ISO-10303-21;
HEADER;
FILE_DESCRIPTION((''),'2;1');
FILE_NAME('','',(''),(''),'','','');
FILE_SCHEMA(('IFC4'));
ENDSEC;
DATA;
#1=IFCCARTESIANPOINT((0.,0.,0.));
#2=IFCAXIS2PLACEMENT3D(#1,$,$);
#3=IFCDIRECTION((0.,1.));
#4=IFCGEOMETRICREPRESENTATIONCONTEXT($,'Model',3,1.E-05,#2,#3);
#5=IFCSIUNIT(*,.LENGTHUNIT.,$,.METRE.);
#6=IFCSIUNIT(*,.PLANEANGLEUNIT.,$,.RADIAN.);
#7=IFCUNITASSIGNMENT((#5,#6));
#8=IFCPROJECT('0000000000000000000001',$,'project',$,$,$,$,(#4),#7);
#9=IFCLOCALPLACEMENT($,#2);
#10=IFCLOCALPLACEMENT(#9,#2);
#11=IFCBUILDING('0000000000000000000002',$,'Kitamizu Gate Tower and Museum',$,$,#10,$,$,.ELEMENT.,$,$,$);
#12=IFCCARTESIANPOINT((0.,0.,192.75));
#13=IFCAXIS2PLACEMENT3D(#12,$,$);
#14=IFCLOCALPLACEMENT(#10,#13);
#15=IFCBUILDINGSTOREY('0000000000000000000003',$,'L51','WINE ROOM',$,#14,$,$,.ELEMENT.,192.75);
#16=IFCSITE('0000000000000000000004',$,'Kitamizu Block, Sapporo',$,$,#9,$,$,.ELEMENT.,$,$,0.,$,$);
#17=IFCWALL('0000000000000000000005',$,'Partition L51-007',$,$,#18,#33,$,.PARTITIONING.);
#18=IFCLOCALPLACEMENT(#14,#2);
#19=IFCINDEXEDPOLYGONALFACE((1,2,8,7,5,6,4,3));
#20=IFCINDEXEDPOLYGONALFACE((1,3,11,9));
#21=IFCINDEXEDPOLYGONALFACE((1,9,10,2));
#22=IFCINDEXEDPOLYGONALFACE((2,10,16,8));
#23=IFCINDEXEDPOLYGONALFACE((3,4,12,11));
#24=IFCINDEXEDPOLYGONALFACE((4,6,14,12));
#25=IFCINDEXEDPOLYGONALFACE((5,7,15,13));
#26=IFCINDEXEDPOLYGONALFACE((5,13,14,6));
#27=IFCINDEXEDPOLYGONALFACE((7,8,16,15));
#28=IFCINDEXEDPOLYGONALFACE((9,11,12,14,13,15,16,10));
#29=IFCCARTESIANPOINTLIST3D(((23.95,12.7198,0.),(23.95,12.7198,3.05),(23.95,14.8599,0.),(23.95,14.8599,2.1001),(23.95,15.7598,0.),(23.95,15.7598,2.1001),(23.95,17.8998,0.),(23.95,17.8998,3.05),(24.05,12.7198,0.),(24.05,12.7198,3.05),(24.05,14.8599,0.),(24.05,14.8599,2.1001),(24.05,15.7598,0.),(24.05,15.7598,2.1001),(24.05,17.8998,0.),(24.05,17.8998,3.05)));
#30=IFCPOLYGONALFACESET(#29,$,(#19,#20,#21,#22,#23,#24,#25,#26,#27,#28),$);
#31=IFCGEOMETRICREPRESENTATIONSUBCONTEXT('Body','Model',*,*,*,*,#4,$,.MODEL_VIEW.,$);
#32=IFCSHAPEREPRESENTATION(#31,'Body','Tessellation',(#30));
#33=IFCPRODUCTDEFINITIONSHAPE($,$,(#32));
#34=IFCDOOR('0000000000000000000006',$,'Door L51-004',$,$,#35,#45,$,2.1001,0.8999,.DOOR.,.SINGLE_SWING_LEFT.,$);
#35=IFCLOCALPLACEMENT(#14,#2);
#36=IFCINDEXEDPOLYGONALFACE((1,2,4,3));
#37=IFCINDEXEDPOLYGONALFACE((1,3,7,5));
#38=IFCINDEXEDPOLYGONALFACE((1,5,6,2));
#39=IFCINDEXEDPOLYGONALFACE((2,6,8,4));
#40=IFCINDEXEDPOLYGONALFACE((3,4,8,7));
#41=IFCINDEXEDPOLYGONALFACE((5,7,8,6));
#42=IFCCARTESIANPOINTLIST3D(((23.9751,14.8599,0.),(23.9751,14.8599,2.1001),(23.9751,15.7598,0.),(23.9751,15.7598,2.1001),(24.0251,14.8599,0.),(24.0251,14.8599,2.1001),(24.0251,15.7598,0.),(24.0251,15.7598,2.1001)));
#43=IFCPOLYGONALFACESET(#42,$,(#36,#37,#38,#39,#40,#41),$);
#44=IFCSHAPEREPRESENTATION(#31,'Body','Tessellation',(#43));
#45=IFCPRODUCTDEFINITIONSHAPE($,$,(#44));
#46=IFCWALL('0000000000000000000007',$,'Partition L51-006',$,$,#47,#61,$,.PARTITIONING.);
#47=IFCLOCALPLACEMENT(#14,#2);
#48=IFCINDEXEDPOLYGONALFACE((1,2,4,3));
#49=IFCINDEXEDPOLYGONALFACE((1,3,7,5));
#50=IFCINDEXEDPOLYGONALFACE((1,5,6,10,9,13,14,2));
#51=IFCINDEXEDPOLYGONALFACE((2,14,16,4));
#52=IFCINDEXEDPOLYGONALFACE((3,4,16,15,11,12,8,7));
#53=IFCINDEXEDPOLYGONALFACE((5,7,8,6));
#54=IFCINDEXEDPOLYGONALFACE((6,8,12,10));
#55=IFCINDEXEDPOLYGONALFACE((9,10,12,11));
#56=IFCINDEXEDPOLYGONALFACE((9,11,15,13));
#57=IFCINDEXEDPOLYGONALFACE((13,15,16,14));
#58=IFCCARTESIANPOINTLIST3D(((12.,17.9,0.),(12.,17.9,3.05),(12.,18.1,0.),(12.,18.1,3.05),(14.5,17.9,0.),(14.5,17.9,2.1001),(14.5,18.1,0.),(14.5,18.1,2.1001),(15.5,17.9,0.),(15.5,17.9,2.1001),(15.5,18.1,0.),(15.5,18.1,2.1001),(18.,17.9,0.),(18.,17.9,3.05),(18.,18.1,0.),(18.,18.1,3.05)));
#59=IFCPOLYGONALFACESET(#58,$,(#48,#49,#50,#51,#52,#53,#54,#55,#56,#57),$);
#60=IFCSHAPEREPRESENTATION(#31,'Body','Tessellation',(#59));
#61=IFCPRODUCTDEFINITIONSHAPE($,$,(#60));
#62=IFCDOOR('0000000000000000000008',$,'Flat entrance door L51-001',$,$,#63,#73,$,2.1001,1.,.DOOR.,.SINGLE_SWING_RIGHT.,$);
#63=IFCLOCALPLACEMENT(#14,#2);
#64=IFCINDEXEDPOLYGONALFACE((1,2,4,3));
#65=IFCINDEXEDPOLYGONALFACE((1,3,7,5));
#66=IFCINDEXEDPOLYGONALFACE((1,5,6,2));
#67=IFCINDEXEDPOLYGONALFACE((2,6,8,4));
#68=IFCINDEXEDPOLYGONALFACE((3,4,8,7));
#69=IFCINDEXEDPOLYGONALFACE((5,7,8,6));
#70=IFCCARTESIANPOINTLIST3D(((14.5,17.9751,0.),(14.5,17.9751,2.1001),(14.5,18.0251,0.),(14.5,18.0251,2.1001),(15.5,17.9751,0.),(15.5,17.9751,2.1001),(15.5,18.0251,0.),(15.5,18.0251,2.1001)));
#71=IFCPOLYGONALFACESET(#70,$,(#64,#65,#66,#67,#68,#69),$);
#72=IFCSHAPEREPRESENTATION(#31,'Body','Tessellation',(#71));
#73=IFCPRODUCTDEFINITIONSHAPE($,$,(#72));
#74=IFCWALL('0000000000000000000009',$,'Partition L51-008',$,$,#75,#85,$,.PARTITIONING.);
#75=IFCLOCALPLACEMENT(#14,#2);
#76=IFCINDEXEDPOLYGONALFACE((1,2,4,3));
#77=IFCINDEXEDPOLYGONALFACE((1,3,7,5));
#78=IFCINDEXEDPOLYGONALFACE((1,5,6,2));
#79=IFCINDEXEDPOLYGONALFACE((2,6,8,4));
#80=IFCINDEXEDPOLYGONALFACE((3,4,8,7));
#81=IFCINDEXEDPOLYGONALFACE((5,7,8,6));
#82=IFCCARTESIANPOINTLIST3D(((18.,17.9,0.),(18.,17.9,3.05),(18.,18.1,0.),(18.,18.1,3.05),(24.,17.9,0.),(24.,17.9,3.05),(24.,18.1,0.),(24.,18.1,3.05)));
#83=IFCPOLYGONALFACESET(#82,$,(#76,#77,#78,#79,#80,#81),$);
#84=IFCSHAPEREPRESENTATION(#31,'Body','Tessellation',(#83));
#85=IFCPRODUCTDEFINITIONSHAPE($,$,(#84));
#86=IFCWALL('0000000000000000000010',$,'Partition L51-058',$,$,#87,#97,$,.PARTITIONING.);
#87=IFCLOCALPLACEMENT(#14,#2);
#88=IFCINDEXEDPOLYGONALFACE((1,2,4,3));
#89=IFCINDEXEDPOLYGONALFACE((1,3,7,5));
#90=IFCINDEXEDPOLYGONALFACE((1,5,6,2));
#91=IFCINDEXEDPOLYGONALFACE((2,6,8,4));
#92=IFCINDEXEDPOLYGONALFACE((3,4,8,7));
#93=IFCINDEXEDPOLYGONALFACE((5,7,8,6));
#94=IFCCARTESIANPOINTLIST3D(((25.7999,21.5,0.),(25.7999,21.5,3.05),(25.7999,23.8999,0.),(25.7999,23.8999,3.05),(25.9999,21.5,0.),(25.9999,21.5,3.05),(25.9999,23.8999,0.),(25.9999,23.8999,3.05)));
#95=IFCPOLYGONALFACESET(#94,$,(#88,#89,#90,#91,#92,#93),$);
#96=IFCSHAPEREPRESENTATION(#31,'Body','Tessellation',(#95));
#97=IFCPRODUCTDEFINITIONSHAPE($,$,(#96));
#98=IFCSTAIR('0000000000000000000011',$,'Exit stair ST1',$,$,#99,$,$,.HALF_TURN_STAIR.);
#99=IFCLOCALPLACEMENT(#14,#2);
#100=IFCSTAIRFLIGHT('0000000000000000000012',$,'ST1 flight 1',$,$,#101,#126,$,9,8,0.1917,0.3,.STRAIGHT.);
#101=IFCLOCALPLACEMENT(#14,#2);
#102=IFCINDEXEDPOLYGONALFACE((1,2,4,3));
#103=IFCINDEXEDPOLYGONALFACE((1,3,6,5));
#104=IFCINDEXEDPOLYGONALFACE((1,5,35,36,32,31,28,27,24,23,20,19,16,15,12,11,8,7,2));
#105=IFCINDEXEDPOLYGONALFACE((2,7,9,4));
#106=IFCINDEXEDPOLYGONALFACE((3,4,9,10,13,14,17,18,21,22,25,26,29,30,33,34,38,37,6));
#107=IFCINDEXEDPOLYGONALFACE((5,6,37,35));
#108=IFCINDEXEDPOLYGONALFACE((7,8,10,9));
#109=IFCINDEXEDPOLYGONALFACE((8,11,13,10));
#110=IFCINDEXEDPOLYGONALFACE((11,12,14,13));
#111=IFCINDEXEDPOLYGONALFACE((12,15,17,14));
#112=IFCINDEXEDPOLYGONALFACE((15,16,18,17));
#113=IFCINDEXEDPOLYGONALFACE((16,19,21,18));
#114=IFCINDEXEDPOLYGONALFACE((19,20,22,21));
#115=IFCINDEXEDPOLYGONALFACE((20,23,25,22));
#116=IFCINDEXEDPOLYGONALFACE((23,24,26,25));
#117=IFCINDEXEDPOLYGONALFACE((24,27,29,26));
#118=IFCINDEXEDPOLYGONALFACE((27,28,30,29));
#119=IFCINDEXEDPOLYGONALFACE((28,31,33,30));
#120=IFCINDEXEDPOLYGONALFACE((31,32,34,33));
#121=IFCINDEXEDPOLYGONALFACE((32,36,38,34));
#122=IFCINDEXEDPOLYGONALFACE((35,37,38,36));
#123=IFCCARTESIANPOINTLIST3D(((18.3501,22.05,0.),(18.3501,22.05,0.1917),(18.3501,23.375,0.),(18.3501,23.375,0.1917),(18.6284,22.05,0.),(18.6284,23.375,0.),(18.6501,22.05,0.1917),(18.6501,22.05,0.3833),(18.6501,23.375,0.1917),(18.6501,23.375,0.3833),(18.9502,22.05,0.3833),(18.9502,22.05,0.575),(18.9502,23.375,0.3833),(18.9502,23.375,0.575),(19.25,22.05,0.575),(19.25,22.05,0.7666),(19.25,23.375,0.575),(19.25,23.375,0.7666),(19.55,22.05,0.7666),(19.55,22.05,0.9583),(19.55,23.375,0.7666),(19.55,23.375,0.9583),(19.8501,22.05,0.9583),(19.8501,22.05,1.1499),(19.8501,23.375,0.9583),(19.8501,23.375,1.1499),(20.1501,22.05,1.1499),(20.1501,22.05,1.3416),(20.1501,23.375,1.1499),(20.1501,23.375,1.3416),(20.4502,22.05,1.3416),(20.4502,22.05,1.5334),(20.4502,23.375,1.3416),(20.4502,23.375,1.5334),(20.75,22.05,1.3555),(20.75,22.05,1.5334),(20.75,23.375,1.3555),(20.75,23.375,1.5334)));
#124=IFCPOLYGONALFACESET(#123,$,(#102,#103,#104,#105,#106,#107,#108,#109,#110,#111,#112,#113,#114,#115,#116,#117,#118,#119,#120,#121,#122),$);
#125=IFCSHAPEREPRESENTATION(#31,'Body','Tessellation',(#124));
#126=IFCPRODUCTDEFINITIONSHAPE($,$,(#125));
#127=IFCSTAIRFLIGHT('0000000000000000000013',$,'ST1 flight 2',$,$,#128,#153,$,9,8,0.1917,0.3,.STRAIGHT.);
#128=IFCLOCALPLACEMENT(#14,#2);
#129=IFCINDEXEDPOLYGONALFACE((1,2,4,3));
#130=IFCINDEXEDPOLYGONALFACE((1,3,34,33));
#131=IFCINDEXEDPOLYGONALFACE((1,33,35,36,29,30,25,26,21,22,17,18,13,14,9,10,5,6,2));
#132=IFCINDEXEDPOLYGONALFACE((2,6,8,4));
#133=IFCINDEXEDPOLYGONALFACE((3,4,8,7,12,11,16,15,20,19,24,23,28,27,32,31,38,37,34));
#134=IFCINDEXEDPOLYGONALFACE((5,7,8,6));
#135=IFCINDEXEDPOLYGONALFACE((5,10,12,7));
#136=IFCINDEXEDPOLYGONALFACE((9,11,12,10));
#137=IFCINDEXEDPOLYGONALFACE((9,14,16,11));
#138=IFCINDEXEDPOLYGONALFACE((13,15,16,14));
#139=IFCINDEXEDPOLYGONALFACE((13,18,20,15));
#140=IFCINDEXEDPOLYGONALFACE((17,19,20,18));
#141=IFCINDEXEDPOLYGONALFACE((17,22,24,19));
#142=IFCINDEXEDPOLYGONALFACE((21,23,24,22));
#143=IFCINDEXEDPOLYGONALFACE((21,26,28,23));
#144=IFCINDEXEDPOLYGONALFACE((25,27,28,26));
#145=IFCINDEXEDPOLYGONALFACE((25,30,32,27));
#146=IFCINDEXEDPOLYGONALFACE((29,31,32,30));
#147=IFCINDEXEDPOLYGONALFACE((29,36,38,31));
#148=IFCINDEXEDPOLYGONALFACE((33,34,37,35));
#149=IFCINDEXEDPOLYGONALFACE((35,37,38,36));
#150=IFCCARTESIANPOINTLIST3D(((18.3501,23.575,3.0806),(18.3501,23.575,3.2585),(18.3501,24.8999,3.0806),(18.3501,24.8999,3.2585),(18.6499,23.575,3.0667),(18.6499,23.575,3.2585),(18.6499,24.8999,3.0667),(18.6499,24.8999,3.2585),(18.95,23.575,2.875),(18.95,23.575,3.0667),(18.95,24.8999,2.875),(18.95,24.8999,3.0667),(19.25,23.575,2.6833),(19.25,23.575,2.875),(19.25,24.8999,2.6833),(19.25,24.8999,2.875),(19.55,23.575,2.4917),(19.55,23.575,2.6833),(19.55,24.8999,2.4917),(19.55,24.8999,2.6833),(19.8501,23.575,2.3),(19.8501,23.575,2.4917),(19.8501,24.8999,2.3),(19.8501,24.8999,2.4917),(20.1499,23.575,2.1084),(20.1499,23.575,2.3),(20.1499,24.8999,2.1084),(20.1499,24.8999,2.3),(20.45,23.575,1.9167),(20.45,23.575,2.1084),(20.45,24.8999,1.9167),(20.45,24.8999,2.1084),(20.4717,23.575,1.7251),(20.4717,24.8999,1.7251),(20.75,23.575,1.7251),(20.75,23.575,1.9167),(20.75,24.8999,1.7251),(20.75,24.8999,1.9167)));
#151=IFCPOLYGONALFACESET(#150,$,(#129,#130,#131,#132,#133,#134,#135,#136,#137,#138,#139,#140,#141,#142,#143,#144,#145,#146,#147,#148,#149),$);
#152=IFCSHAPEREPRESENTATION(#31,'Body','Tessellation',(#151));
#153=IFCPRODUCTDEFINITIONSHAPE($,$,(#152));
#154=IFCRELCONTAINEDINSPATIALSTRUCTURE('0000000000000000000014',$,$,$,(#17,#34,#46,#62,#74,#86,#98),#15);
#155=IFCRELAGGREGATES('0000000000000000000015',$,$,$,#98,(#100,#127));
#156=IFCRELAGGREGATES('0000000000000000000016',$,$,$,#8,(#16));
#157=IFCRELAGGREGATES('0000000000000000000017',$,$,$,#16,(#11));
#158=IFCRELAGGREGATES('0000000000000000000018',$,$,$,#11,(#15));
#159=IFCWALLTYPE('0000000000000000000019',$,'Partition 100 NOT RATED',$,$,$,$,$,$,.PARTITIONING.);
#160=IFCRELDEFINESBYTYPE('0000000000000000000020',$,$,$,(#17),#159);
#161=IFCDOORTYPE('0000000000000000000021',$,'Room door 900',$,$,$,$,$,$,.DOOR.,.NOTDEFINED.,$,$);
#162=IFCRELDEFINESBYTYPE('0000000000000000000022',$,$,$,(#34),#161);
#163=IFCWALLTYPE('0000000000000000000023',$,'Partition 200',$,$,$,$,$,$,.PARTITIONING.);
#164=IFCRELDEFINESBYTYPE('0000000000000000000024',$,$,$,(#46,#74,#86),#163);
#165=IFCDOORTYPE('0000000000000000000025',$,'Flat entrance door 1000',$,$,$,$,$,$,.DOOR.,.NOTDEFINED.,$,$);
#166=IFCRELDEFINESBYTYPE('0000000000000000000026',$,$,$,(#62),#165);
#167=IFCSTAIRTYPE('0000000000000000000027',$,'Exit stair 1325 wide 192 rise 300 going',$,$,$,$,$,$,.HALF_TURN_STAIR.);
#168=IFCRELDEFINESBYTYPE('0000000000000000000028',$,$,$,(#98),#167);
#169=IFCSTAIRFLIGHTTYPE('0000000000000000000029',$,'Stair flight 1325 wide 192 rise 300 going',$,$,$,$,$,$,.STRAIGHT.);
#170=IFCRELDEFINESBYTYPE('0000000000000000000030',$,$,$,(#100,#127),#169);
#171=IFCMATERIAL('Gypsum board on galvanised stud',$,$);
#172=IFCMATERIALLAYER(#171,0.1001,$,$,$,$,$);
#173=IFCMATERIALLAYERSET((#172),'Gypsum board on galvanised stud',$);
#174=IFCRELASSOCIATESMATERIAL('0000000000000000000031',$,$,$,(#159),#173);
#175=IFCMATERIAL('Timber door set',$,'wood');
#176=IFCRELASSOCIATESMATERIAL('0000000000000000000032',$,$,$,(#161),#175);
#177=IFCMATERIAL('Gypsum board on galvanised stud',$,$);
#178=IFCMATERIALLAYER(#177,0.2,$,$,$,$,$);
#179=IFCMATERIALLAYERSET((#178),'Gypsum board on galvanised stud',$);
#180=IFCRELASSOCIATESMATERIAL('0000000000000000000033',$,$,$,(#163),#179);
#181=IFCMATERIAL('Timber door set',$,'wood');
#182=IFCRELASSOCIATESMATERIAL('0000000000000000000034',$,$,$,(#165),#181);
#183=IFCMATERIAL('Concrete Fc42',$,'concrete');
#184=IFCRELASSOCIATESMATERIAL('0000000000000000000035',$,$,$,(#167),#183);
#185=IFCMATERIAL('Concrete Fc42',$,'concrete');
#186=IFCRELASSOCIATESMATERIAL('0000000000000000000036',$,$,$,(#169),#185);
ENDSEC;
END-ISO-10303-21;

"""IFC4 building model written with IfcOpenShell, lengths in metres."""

from ifc_helpers import new_model, si_unit, direction, frame, frame_2d, origin, place, context, subcontext, project, spatial, polyline, rectangle, outline, extrude, material, layer, layer_set, type_object, element, fill, aggregate, save


model = new_model("IFC4")

# Units and contexts
model_context = context("Model", 3, precision=1e-05, world=origin(), true_north=direction((0.0, 1.0)))
body_context = subcontext(model_context, "Body", "Model", "MODEL_VIEW")
ifc_project = project(units=[si_unit("LENGTHUNIT", "METRE"), si_unit("PLANEANGLEUNIT", "RADIAN")], contexts=[model_context])

# Site, building, storey
site_placement = place(None, origin())
site = spatial("IfcSite", under=ifc_project, at=site_placement, Name="Kitamizu Block, Sapporo", CompositionType="ELEMENT", RefElevation=0.0)
building_placement = place(site_placement, origin())
building = spatial("IfcBuilding", under=site, at=building_placement, Name="Kitamizu Gate Tower and Museum", CompositionType="ELEMENT")
storey_placement = place(building_placement, frame((0.0, 0.0, 192.75)))
storey = spatial("IfcBuildingStorey", under=building, at=storey_placement, Name="L51", Description="WINE ROOM", CompositionType="ELEMENT", Elevation=192.75)

# Walls, openings, doors
ifc_material_1 = material(Name="Gypsum board on galvanised stud")
ifc_layer_1 = layer(ifc_material_1, 0.1001)
ifc_layer_set_1 = layer_set([ifc_layer_1], Name="Gypsum board on galvanised stud")
wall_type_1 = type_object("IfcWallType", Name="Partition 100 NOT RATED", PredefinedType="PARTITIONING", material=ifc_layer_set_1)
wall_1_placement = place(storey_placement, frame((24.0, 12.72, 0.0), z_axis=(0.0, 0.0, 1.0), x_axis=(0.0, 1.0, 0.0)))
wall_1 = element("IfcWall", 1, at=wall_1_placement, inside=storey, type_object=wall_type_1, Name="Partition L51-007", PredefinedType="PARTITIONING", context=body_context, shape_type="SweptSolid", body=[
    extrude(rectangle(XDim=5.1799, YDim=0.1001, at=frame_2d((2.5898, 0.0))), origin(), (0.0, 0.0, 1.0), 3.05),
])
opening_1_placement = place(wall_1_placement, frame((2.1399, 0.0, 0.0)))
opening_1 = element("IfcOpeningElement", 2, at=opening_1_placement, cuts=wall_1, PredefinedType="OPENING", context=body_context, shape_type="SweptSolid", body=[
    extrude(rectangle(XDim=0.8999, YDim=2.1001, at=frame_2d((0.45, 1.05))), frame((0.0, 0.0601, 0.0), z_axis=(0.0, -1.0, 0.0), x_axis=(1.0, 0.0, 0.0)), (0.0, 0.0, 1.0), 0.1201),
])
ifc_material_2 = material(Name="Timber door set", Category="wood")
door_type_1 = type_object("IfcDoorType", Name="Room door 900", OperationType="NOTDEFINED", PredefinedType="DOOR", material=ifc_material_2)
door_1_placement = place(opening_1_placement, origin())
door_1 = element("IfcDoor", 3, at=door_1_placement, inside=storey, type_object=door_type_1, Name="Door L51-004", OperationType="SINGLE_SWING_LEFT", OverallHeight=2.1001, OverallWidth=0.8999, PredefinedType="DOOR", context=body_context, shape_type="SweptSolid", body=[
    extrude(rectangle(XDim=0.8999, YDim=2.1001, at=frame_2d((0.45, 1.05))), frame((0.0, 0.0249, 0.0), z_axis=(0.0, -1.0, 0.0), x_axis=(1.0, 0.0, 0.0)), (0.0, 0.0, 1.0), 0.05),
])
fill(opening_1, door_1)
ifc_material_3 = material(Name="Gypsum board on galvanised stud")
ifc_layer_2 = layer(ifc_material_3, 0.2)
ifc_layer_set_2 = layer_set([ifc_layer_2], Name="Gypsum board on galvanised stud")
wall_type_2 = type_object("IfcWallType", Name="Partition 200", PredefinedType="PARTITIONING", material=ifc_layer_set_2)
wall_2_placement = place(storey_placement, frame((18.0, 18.0, 0.0), z_axis=(0.0, 0.0, 1.0), x_axis=(-1.0, 0.0, 0.0)))
wall_2 = element("IfcWall", 4, at=wall_2_placement, inside=storey, type_object=wall_type_2, Name="Partition L51-006", PredefinedType="PARTITIONING", context=body_context, shape_type="SweptSolid", body=[
    extrude(rectangle(XDim=6.0, YDim=0.2, at=frame_2d((3.0, 0.0))), origin(), (0.0, 0.0, 1.0), 3.05),
])
opening_2_placement = place(wall_2_placement, frame((2.5, 0.0, 0.0)))
opening_2 = element("IfcOpeningElement", 5, at=opening_2_placement, cuts=wall_2, PredefinedType="OPENING", context=body_context, shape_type="SweptSolid", body=[
    extrude(rectangle(XDim=1.0, YDim=2.1001, at=frame_2d((0.5, 1.05))), frame((0.0, 0.1099, 0.0), z_axis=(0.0, -1.0, 0.0), x_axis=(1.0, 0.0, 0.0)), (0.0, 0.0, 1.0), 0.22),
])
ifc_material_4 = material(Name="Timber door set", Category="wood")
door_type_2 = type_object("IfcDoorType", Name="Flat entrance door 1000", OperationType="NOTDEFINED", PredefinedType="DOOR", material=ifc_material_4)
door_2_placement = place(opening_2_placement, origin())
door_2 = element("IfcDoor", 6, at=door_2_placement, inside=storey, type_object=door_type_2, Name="Flat entrance door L51-001", OperationType="SINGLE_SWING_RIGHT", OverallHeight=2.1001, OverallWidth=1.0, PredefinedType="DOOR", context=body_context, shape_type="SweptSolid", body=[
    extrude(rectangle(XDim=1.0, YDim=2.1001, at=frame_2d((0.5, 1.05))), frame((0.0, 0.0249, 0.0), z_axis=(0.0, -1.0, 0.0), x_axis=(1.0, 0.0, 0.0)), (0.0, 0.0, 1.0), 0.05),
])
fill(opening_2, door_2)

# Walls
wall_3_placement = place(storey_placement, frame((24.0, 18.0, 0.0), z_axis=(0.0, 0.0, 1.0), x_axis=(-1.0, 0.0, 0.0)))
element("IfcWall", 7, at=wall_3_placement, inside=storey, type_object=wall_type_2, Name="Partition L51-008", PredefinedType="PARTITIONING", context=body_context, shape_type="SweptSolid", body=[
    extrude(rectangle(XDim=6.0, YDim=0.2, at=frame_2d((3.0, 0.0))), origin(), (0.0, 0.0, 1.0), 3.05),
])
wall_4_placement = place(storey_placement, frame((25.8999, 23.8999, 0.0), z_axis=(0.0, 0.0, 1.0), x_axis=(0.0, -1.0, 0.0)))
element("IfcWall", 8, at=wall_4_placement, inside=storey, type_object=wall_type_2, Name="Partition L51-058", PredefinedType="PARTITIONING", context=body_context, shape_type="SweptSolid", body=[
    extrude(rectangle(XDim=2.3999, YDim=0.2, at=frame_2d((1.2, 0.0))), origin(), (0.0, 0.0, 1.0), 3.05),
])

# Stair, stair flights
ifc_material_5 = material(Name="Concrete Fc42", Category="concrete")
stair_type = type_object("IfcStairType", Name="Exit stair 1325 wide 192 rise 300 going", PredefinedType="HALF_TURN_STAIR", material=ifc_material_5)
stair_placement = place(storey_placement, origin())
stair = element("IfcStair", 9, at=stair_placement, inside=storey, type_object=stair_type, Name="Exit stair ST1", PredefinedType="HALF_TURN_STAIR")
ifc_material_6 = material(Name="Concrete Fc42", Category="concrete")
stair_flight_type = type_object("IfcStairFlightType", Name="Stair flight 1325 wide 192 rise 300 going", PredefinedType="STRAIGHT", material=ifc_material_6)
stair_flight_1_placement = place(storey_placement, frame((18.3501, 22.7124, 0.0), z_axis=(0.0, 0.0, 1.0), x_axis=(1.0, 0.0, 0.0)))
stair_flight_1 = element("IfcStairFlight", 10, at=stair_flight_1_placement, type_object=stair_flight_type, Name="ST1 flight 1", NumberOfRisers=9, NumberOfTreads=8, PredefinedType="STRAIGHT", RiserHeight=0.1917, TreadLength=0.3, context=body_context, shape_type="SweptSolid", body=[
    extrude(outline(polyline([(0.0, 0.0), (0.0, 0.1917), (0.3, 0.1917), (0.3, 0.3833), (0.6001, 0.3833), (0.6001, 0.575), (0.8999, 0.575), (0.8999, 0.7666), (1.2, 0.7666), (1.2, 0.9583), (1.5, 0.9583), (1.5, 1.1499), (1.8, 1.1499), (1.8, 1.3416), (2.1001, 1.3416), (2.1001, 1.5334), (2.3999, 1.5334), (2.3999, 1.7251), (2.3999, 1.3555), (0.2783, 0.0), (0.0, 0.0)])), frame((0.0, 0.6626, 0.0), z_axis=(0.0, -1.0, 0.0), x_axis=(1.0, 0.0, 0.0)), (0.0, 0.0, 1.0), 1.325),
])
stair_flight_2_placement = place(storey_placement, frame((20.75, 24.2375, 1.7251), z_axis=(0.0, 0.0, 1.0), x_axis=(-1.0, 0.0, 0.0)))
stair_flight_2 = element("IfcStairFlight", 11, at=stair_flight_2_placement, type_object=stair_flight_type, Name="ST1 flight 2", NumberOfRisers=9, NumberOfTreads=8, PredefinedType="STRAIGHT", RiserHeight=0.1917, TreadLength=0.3, context=body_context, shape_type="SweptSolid", body=[
    extrude(outline(polyline([(0.0, 0.0), (0.0, 0.1917), (0.3, 0.1917), (0.3, 0.3833), (0.6001, 0.3833), (0.6001, 0.575), (0.8999, 0.575), (0.8999, 0.7666), (1.2, 0.7666), (1.2, 0.9583), (1.5, 0.9583), (1.5, 1.1499), (1.8, 1.1499), (1.8, 1.3416), (2.1001, 1.3416), (2.1001, 1.5334), (2.3999, 1.5334), (2.3999, 1.7251), (2.3999, 1.3555), (0.2783, 0.0), (0.0, 0.0)])), frame((0.0, 0.6626, 0.0), z_axis=(0.0, -1.0, 0.0), x_axis=(1.0, 0.0, 0.0)), (0.0, 0.0, 1.0), 1.325),
])
aggregate(stair, [stair_flight_1, stair_flight_2])

save(model, "model.ifc")
